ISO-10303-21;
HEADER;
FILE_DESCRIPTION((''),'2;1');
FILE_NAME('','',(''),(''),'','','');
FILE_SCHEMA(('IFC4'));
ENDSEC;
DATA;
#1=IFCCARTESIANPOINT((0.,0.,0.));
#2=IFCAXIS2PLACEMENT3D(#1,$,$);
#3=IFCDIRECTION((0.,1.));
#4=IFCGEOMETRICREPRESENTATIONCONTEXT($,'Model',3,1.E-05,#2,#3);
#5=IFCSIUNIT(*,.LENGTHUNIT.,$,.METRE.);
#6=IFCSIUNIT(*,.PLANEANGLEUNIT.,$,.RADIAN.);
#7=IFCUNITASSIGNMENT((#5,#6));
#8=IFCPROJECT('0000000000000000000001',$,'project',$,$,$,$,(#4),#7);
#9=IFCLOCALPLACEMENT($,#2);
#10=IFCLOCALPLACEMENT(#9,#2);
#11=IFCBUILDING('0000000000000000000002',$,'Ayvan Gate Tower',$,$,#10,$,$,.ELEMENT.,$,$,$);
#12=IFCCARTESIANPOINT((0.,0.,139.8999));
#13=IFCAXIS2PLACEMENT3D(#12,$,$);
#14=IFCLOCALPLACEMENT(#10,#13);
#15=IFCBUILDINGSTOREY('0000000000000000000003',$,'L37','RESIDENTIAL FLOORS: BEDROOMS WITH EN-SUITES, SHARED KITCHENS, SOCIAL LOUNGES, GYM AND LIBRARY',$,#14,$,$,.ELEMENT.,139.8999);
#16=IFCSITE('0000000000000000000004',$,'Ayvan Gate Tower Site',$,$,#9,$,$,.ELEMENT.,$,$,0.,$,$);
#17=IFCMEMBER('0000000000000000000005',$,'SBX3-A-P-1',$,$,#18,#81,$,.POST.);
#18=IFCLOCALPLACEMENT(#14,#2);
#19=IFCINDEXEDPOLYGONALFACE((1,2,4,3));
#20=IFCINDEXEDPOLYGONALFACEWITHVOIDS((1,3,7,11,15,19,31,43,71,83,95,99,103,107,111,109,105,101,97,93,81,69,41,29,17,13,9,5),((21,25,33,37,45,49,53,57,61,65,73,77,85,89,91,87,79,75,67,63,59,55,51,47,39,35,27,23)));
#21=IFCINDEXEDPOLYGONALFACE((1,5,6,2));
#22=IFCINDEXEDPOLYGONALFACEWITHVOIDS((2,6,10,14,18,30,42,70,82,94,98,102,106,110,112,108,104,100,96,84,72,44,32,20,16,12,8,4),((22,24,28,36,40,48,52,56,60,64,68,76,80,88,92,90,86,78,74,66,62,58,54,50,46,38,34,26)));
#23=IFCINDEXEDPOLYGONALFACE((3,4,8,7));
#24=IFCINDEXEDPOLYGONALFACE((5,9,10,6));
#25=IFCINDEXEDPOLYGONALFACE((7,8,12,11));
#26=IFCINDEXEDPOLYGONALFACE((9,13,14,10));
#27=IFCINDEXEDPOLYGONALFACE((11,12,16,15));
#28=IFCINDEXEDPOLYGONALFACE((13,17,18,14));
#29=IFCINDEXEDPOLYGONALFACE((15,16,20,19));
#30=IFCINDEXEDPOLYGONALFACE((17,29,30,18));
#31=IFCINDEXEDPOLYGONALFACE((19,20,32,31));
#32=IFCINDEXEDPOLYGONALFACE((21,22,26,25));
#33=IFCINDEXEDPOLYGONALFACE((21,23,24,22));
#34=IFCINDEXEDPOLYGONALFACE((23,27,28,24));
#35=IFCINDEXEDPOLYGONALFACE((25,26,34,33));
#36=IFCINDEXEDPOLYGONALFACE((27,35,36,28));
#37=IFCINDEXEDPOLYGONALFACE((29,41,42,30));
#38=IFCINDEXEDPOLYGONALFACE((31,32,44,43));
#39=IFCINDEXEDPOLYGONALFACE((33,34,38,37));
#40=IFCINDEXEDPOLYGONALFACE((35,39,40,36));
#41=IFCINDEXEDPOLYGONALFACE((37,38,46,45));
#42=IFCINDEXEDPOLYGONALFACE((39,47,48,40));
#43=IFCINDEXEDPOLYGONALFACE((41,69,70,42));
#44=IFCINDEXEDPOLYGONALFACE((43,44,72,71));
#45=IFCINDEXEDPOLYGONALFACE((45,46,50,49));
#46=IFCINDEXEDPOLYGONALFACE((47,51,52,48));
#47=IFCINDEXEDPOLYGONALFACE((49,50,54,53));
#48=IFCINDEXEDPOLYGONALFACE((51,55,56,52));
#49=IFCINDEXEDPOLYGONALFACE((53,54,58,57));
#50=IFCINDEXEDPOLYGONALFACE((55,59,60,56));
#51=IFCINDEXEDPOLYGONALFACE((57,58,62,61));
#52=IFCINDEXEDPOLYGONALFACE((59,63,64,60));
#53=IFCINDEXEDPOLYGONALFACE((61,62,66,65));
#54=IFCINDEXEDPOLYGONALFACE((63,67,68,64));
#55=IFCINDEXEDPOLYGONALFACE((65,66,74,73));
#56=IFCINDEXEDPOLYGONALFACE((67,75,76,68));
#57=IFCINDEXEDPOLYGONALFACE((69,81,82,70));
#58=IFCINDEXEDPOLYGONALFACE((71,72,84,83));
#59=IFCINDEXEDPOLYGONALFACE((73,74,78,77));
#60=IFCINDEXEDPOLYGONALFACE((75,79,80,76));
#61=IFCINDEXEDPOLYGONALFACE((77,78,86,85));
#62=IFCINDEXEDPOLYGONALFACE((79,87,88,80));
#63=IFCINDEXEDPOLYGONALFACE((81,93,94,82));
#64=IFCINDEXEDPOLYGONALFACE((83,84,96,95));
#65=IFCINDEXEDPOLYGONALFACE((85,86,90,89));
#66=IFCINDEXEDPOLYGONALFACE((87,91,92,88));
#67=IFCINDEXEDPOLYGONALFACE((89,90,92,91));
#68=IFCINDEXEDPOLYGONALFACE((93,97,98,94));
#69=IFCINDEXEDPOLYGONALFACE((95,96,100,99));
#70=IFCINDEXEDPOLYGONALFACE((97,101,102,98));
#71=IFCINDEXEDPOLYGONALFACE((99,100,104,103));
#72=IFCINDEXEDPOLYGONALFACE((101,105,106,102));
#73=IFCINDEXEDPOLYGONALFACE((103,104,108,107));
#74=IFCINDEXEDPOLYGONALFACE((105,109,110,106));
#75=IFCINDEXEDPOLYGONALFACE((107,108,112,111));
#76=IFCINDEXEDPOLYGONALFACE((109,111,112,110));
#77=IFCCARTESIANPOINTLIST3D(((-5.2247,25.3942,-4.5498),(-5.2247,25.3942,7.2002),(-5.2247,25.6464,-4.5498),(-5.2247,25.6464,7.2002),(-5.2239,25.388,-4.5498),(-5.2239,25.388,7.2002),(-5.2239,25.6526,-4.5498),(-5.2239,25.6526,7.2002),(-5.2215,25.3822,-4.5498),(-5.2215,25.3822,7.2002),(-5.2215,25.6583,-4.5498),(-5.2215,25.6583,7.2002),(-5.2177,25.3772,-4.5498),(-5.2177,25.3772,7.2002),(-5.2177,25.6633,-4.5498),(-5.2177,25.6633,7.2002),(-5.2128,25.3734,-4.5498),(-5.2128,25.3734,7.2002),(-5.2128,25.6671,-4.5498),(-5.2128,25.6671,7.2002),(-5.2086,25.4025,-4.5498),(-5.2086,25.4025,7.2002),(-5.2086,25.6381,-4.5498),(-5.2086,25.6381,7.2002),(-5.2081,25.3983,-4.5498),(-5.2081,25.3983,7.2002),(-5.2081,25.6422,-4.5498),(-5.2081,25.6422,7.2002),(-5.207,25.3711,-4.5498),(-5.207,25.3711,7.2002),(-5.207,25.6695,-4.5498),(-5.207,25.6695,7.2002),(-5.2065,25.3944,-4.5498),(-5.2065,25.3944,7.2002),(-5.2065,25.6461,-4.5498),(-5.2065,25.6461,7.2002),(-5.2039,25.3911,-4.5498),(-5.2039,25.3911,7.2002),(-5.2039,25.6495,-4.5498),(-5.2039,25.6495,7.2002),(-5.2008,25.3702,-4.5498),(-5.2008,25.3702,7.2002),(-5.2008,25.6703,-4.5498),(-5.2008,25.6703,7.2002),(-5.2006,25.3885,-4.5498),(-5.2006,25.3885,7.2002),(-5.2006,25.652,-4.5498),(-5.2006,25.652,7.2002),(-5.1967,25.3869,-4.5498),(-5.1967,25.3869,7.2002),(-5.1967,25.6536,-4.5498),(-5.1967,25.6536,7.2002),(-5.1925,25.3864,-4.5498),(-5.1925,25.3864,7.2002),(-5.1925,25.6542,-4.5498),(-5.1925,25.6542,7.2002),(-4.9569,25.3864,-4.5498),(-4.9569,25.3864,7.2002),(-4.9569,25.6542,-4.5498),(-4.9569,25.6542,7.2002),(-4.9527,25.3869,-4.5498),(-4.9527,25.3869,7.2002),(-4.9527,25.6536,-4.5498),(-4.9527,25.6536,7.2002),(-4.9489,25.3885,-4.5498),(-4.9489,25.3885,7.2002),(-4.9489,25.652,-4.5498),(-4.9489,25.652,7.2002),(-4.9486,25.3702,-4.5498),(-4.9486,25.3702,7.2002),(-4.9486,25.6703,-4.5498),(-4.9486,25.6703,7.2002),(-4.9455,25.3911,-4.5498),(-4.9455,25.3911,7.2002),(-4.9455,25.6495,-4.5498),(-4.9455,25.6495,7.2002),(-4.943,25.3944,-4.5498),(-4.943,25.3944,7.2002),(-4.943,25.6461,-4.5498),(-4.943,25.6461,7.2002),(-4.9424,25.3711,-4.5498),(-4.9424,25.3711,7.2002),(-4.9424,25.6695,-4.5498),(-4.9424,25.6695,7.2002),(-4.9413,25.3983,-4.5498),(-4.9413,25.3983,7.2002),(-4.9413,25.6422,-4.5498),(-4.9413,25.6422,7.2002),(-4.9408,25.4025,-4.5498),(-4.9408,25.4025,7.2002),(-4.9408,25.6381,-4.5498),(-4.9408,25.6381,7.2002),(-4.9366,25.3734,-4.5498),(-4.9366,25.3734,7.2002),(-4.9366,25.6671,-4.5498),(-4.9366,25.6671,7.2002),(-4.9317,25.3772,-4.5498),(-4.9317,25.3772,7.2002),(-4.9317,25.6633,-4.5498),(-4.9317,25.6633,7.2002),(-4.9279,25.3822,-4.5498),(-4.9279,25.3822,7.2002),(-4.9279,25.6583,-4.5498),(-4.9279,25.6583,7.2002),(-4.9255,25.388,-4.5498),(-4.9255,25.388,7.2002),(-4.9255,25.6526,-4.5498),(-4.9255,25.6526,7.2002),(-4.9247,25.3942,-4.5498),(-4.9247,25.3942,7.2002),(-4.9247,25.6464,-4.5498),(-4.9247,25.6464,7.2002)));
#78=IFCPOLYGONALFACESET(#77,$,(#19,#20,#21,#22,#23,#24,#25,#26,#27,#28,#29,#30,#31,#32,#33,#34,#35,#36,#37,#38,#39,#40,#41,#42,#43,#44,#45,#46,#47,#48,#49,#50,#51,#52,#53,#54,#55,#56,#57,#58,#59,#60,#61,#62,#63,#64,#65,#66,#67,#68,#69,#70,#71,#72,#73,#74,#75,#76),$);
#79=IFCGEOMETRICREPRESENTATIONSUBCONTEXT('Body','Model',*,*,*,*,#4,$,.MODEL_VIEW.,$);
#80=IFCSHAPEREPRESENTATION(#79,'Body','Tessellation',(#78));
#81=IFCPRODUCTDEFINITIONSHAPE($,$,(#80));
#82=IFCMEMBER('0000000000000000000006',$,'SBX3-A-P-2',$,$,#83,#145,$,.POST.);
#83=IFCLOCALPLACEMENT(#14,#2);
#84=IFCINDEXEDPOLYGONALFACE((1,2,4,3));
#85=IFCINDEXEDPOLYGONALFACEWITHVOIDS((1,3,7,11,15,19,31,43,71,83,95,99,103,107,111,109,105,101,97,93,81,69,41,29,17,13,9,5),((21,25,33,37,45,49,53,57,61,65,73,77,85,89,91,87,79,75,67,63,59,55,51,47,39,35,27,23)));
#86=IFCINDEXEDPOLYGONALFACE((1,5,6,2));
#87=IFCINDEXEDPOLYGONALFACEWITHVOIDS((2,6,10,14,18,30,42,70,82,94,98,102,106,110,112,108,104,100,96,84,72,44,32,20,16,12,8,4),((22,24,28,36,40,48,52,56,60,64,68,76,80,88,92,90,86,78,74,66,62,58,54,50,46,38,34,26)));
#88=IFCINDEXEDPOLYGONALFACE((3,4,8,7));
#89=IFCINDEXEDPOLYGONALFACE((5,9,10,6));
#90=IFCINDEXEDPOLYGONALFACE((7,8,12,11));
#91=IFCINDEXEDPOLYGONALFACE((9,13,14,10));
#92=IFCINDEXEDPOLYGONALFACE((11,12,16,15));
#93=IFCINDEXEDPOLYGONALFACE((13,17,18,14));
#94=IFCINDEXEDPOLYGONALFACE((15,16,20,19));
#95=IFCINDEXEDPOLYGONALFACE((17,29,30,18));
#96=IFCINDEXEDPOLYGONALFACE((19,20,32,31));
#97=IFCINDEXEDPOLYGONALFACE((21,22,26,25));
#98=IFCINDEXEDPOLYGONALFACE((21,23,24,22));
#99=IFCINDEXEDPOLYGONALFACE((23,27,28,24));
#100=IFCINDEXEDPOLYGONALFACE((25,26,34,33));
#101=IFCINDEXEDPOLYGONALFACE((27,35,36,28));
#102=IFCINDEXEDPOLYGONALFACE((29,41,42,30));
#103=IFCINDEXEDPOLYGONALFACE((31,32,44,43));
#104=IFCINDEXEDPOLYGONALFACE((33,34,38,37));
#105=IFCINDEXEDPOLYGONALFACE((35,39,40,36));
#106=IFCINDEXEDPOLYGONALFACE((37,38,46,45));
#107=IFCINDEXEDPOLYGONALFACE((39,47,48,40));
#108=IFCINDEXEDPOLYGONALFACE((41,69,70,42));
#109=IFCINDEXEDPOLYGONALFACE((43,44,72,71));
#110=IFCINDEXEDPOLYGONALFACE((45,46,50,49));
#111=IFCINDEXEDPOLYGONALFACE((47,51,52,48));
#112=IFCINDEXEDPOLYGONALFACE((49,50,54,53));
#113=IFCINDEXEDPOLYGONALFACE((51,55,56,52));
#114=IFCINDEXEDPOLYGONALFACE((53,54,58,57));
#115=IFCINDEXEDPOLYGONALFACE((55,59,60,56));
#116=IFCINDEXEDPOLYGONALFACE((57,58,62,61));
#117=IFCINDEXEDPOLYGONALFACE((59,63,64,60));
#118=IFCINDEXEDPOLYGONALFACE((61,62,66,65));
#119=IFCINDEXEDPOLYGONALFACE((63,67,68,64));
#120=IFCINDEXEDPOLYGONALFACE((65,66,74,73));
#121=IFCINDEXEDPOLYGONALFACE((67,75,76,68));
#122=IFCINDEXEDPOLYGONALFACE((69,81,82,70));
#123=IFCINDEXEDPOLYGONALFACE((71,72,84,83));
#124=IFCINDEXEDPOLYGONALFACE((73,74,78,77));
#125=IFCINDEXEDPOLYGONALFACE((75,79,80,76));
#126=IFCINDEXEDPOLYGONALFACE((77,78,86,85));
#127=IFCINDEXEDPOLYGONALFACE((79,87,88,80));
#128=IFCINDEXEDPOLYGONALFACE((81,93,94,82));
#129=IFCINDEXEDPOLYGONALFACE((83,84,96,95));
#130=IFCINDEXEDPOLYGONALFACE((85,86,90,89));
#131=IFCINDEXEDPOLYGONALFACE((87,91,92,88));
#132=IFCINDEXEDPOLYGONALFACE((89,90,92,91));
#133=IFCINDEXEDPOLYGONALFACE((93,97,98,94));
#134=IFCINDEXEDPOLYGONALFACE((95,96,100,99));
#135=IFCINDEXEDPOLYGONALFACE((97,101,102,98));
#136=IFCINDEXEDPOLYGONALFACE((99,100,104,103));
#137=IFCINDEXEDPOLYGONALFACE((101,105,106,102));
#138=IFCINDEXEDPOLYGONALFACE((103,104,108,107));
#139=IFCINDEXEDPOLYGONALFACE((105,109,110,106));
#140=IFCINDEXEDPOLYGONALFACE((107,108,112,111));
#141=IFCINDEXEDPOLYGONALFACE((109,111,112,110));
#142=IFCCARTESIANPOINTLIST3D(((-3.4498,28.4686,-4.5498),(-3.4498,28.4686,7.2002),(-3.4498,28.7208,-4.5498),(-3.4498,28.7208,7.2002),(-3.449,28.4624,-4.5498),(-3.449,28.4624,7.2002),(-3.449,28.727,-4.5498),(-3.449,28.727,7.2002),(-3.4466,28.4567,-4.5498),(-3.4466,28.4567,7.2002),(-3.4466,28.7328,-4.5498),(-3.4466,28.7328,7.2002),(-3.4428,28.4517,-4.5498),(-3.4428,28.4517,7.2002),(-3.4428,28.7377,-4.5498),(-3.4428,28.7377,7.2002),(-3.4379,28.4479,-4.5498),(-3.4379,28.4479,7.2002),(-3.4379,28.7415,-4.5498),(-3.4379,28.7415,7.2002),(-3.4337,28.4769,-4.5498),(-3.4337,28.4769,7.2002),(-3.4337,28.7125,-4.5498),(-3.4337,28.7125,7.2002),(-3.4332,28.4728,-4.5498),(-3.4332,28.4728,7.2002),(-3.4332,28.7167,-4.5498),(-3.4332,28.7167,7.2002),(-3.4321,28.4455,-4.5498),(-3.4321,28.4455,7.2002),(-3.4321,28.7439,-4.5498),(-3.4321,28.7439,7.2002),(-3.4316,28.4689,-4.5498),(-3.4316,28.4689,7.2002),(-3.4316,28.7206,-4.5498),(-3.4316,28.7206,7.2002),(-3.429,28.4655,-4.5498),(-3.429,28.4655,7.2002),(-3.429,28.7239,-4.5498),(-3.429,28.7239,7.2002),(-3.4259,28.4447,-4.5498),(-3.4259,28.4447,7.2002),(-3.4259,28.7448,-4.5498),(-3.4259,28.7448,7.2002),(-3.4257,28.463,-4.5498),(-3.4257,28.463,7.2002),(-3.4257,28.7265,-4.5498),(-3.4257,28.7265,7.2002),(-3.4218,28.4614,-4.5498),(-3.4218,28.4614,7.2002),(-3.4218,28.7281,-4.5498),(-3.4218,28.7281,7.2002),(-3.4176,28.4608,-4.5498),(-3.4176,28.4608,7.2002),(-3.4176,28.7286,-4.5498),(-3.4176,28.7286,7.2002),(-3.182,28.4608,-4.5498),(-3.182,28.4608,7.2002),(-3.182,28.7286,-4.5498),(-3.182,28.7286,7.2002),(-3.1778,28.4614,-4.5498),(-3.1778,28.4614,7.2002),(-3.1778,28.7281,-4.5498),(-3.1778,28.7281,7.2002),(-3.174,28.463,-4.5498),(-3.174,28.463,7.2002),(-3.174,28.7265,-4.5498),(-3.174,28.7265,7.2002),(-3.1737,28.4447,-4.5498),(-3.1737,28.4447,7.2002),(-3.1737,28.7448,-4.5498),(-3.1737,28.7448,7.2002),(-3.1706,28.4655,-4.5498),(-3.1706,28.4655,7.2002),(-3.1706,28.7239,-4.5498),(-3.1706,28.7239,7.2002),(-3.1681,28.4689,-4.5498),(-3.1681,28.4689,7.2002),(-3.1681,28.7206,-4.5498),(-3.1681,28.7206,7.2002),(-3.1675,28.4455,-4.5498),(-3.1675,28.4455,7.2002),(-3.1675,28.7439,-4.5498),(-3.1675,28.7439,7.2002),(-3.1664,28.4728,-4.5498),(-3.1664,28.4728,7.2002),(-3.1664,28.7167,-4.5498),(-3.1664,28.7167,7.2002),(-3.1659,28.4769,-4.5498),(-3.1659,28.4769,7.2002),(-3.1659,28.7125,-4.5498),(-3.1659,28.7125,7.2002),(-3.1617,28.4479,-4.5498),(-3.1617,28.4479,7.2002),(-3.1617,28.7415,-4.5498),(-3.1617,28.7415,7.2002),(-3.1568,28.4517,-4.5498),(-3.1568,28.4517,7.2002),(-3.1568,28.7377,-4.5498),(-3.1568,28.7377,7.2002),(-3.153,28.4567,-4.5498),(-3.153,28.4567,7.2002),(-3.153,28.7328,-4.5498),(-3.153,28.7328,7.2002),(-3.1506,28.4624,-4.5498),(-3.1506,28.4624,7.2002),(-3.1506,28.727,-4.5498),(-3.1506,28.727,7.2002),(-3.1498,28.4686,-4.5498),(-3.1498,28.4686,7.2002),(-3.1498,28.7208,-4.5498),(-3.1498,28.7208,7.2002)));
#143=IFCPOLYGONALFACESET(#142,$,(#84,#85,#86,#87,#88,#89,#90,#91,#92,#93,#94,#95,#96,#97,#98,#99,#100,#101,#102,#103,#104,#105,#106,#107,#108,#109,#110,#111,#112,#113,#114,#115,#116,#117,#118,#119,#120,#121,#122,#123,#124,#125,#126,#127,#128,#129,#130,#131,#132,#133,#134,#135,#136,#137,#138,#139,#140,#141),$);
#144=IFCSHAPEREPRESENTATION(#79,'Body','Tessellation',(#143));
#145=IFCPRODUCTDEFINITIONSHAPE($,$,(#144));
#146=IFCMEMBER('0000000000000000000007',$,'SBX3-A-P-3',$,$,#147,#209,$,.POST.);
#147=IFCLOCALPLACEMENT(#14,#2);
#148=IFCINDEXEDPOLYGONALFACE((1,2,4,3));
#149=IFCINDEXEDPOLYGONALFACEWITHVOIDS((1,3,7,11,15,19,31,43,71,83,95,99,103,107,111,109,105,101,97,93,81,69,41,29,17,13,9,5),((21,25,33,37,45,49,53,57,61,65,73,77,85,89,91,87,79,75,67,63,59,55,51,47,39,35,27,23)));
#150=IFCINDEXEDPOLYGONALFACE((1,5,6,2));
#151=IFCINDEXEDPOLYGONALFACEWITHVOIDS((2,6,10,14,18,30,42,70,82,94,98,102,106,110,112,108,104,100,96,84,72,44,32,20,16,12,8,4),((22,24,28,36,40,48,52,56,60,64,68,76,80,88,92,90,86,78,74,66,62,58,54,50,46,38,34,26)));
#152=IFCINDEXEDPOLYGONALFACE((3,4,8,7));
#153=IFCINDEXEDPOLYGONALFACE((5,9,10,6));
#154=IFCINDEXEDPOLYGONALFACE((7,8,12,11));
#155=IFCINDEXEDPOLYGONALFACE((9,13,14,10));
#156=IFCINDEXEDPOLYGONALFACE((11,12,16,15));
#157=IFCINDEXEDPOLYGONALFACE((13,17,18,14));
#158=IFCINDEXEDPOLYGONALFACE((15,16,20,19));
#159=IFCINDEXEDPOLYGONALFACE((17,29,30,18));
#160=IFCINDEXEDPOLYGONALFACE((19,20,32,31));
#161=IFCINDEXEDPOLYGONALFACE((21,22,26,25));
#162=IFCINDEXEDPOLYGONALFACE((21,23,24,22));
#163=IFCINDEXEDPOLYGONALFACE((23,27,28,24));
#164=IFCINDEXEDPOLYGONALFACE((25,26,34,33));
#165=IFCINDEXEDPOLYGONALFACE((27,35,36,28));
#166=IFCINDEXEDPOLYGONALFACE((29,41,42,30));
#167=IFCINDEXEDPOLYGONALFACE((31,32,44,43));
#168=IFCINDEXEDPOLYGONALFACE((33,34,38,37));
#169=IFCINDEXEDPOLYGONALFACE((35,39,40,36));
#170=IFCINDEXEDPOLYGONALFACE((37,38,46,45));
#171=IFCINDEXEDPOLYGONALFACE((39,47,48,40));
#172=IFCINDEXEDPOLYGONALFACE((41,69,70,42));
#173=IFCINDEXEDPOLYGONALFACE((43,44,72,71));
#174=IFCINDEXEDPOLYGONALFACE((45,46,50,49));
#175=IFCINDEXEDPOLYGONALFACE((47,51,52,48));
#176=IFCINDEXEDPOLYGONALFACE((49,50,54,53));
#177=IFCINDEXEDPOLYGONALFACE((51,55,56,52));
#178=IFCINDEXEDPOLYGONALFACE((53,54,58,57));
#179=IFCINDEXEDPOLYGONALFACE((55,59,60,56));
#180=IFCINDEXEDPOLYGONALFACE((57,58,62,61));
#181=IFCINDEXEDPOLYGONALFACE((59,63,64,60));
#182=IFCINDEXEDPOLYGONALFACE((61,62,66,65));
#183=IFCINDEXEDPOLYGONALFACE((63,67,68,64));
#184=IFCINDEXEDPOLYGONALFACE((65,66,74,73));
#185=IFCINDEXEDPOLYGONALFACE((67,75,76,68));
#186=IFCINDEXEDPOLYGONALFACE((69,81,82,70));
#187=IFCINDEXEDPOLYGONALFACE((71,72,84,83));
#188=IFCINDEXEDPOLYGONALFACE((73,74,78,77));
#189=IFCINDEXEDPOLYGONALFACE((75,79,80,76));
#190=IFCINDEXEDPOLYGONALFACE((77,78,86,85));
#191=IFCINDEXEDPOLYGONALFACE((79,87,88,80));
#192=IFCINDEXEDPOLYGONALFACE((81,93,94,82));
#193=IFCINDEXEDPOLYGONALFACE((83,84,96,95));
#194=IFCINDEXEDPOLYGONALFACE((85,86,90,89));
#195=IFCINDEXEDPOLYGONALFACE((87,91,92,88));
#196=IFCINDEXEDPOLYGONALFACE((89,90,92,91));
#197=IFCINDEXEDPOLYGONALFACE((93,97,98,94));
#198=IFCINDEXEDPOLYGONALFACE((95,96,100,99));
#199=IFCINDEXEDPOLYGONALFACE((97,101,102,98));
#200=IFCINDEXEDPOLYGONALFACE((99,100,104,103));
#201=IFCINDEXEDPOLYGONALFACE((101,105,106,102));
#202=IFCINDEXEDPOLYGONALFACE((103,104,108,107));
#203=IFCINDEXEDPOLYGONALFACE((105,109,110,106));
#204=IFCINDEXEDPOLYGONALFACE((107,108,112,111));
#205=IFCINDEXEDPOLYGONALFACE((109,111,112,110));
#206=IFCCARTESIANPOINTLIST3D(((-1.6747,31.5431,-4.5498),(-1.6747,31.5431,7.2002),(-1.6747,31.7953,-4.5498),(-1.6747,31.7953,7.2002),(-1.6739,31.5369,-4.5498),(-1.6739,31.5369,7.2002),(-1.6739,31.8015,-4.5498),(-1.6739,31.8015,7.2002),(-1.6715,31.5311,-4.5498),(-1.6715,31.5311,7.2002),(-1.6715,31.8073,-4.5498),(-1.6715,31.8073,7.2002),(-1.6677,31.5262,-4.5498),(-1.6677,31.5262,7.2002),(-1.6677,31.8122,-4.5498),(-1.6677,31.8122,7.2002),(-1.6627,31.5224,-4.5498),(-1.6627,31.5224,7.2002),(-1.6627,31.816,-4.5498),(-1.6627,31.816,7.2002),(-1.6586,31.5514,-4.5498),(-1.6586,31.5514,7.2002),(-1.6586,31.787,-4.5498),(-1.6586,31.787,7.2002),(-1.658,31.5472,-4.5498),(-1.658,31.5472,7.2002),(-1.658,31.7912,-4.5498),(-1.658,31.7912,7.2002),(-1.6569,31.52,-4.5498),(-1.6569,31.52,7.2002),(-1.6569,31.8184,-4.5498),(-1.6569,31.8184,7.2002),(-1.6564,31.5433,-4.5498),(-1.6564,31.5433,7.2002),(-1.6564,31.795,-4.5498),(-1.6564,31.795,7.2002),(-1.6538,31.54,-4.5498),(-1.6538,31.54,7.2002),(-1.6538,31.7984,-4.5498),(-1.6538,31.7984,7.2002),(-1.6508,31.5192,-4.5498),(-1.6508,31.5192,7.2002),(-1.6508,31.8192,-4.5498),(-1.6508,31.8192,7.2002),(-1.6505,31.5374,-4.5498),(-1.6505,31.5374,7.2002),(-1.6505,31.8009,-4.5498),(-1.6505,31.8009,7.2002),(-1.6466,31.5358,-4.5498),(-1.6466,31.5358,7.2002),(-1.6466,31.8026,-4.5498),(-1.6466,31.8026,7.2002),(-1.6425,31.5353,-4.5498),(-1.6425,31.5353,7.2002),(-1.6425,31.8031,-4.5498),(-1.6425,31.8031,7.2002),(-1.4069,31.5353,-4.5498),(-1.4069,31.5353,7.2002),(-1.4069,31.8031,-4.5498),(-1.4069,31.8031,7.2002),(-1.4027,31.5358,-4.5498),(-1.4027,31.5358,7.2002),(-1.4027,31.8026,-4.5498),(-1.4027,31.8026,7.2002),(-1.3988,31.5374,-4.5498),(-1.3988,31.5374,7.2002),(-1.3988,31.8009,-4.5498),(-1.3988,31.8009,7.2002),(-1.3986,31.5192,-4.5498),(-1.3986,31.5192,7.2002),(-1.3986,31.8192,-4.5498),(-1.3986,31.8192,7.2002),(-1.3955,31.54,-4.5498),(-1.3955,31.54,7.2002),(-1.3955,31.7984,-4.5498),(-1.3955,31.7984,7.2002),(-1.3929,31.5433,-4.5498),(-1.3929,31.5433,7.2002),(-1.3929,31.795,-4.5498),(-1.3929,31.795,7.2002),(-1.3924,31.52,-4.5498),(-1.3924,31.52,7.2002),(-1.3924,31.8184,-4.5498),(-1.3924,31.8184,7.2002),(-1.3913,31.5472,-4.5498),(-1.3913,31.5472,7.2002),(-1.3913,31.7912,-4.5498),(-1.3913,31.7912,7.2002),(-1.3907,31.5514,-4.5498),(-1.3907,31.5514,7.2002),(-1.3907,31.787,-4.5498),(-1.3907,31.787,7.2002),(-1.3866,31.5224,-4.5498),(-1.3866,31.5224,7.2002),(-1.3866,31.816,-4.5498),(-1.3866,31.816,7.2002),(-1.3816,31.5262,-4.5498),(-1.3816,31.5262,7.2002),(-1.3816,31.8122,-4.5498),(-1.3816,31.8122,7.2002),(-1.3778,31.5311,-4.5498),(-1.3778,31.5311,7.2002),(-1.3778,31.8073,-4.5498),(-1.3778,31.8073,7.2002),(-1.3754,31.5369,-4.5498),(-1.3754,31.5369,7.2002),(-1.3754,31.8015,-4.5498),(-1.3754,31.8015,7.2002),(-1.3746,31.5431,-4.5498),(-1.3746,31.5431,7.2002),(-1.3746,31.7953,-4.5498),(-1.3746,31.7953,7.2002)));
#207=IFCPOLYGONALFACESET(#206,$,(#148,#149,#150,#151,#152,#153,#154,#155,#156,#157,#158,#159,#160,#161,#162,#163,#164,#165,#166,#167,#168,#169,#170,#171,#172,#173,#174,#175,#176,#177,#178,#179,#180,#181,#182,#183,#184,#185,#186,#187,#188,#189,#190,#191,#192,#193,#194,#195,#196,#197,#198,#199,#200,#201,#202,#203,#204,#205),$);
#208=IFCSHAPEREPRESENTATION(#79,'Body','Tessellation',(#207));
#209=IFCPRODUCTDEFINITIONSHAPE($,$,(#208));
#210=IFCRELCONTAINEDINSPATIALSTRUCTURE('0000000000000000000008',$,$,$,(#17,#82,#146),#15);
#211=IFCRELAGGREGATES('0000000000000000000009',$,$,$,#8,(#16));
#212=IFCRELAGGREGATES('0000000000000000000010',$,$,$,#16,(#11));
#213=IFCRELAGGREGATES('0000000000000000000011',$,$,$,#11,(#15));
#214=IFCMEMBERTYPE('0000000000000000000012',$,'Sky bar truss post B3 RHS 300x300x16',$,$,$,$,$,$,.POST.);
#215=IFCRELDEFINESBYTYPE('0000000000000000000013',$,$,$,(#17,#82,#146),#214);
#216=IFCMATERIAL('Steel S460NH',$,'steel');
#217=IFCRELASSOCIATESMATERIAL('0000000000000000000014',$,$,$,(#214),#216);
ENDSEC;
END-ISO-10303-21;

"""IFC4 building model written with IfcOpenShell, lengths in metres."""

from ifc_helpers import new_model, si_unit, direction, frame, origin, origin_2d, place, context, subcontext, project, spatial, hollow_rectangle, extrude, material, material_profile, profile_set, type_object, element, save


model = new_model("IFC4")

# Units and contexts
model_context = context("Model", 3, precision=1e-05, world=origin(), true_north=direction((0.0, 1.0)))
body_context = subcontext(model_context, "Body", "Model", "MODEL_VIEW")
ifc_project = project(units=[si_unit("LENGTHUNIT", "METRE"), si_unit("PLANEANGLEUNIT", "RADIAN")], contexts=[model_context])

# Site, building, storey
site_placement = place(None, origin())
site = spatial("IfcSite", under=ifc_project, at=site_placement, Name="Ayvan Gate Tower Site", CompositionType="ELEMENT", RefElevation=0.0)
building_placement = place(site_placement, origin())
building = spatial("IfcBuilding", under=site, at=building_placement, Name="Ayvan Gate Tower", CompositionType="ELEMENT")
storey_placement = place(building_placement, frame((0.0, 0.0, 139.8999)))
storey = spatial("IfcBuildingStorey", under=building, at=storey_placement, Name="L37", Description="RESIDENTIAL FLOORS: BEDROOMS WITH EN-SUITES, SHARED KITCHENS, SOCIAL LOUNGES, GYM AND LIBRARY", CompositionType="ELEMENT", Elevation=139.8999)

# Members
ifc_material_1 = material(Name="Steel S460NH", Category="steel")
ifc_material_profile_1 = material_profile(ifc_material_1, hollow_rectangle(XDim=0.3, YDim=0.3, WallThickness=0.0161, InnerFilletRadius=0.0161, OuterFilletRadius=0.0239, at=origin_2d()), Name="RHS 300x300x16")
ifc_profile_set_1 = profile_set([ifc_material_profile_1], Name="Steel S460NH")
member_type_1 = type_object("IfcMemberType", Name="Sky bar truss post B3 RHS 300x300x16", PredefinedType="POST", material=ifc_profile_set_1)
for number, where, z_axis, x_axis, name in (
    (1, (-5.0747, 25.5203, -4.5498), (0.0, 0.0, 1.0), (1.0, 0.0, 0.0), "SBX3-A-P-1"),
    (2, (-3.2998, 28.5947, -4.5498), (0.0, 0.0, 1.0), (1.0, 0.0, 0.0), "SBX3-A-P-2"),
    (3, (-1.5247, 31.6692, -4.5498), (0.0, 0.0, 1.0), (1.0, 0.0, 0.0), "SBX3-A-P-3"),
):
    element("IfcMember", number, at=place(storey_placement, frame(where, z_axis=z_axis, x_axis=x_axis)), inside=storey, type_object=member_type_1, Name=name, PredefinedType="POST", context=body_context, shape_type="SweptSolid", body=[
        extrude(hollow_rectangle(XDim=0.3, YDim=0.3, WallThickness=0.0161, InnerFilletRadius=0.0161, OuterFilletRadius=0.0239, at=origin_2d()), origin(), (0.0, 0.0, 1.0), 11.75),
    ])

save(model, "model.ifc")
